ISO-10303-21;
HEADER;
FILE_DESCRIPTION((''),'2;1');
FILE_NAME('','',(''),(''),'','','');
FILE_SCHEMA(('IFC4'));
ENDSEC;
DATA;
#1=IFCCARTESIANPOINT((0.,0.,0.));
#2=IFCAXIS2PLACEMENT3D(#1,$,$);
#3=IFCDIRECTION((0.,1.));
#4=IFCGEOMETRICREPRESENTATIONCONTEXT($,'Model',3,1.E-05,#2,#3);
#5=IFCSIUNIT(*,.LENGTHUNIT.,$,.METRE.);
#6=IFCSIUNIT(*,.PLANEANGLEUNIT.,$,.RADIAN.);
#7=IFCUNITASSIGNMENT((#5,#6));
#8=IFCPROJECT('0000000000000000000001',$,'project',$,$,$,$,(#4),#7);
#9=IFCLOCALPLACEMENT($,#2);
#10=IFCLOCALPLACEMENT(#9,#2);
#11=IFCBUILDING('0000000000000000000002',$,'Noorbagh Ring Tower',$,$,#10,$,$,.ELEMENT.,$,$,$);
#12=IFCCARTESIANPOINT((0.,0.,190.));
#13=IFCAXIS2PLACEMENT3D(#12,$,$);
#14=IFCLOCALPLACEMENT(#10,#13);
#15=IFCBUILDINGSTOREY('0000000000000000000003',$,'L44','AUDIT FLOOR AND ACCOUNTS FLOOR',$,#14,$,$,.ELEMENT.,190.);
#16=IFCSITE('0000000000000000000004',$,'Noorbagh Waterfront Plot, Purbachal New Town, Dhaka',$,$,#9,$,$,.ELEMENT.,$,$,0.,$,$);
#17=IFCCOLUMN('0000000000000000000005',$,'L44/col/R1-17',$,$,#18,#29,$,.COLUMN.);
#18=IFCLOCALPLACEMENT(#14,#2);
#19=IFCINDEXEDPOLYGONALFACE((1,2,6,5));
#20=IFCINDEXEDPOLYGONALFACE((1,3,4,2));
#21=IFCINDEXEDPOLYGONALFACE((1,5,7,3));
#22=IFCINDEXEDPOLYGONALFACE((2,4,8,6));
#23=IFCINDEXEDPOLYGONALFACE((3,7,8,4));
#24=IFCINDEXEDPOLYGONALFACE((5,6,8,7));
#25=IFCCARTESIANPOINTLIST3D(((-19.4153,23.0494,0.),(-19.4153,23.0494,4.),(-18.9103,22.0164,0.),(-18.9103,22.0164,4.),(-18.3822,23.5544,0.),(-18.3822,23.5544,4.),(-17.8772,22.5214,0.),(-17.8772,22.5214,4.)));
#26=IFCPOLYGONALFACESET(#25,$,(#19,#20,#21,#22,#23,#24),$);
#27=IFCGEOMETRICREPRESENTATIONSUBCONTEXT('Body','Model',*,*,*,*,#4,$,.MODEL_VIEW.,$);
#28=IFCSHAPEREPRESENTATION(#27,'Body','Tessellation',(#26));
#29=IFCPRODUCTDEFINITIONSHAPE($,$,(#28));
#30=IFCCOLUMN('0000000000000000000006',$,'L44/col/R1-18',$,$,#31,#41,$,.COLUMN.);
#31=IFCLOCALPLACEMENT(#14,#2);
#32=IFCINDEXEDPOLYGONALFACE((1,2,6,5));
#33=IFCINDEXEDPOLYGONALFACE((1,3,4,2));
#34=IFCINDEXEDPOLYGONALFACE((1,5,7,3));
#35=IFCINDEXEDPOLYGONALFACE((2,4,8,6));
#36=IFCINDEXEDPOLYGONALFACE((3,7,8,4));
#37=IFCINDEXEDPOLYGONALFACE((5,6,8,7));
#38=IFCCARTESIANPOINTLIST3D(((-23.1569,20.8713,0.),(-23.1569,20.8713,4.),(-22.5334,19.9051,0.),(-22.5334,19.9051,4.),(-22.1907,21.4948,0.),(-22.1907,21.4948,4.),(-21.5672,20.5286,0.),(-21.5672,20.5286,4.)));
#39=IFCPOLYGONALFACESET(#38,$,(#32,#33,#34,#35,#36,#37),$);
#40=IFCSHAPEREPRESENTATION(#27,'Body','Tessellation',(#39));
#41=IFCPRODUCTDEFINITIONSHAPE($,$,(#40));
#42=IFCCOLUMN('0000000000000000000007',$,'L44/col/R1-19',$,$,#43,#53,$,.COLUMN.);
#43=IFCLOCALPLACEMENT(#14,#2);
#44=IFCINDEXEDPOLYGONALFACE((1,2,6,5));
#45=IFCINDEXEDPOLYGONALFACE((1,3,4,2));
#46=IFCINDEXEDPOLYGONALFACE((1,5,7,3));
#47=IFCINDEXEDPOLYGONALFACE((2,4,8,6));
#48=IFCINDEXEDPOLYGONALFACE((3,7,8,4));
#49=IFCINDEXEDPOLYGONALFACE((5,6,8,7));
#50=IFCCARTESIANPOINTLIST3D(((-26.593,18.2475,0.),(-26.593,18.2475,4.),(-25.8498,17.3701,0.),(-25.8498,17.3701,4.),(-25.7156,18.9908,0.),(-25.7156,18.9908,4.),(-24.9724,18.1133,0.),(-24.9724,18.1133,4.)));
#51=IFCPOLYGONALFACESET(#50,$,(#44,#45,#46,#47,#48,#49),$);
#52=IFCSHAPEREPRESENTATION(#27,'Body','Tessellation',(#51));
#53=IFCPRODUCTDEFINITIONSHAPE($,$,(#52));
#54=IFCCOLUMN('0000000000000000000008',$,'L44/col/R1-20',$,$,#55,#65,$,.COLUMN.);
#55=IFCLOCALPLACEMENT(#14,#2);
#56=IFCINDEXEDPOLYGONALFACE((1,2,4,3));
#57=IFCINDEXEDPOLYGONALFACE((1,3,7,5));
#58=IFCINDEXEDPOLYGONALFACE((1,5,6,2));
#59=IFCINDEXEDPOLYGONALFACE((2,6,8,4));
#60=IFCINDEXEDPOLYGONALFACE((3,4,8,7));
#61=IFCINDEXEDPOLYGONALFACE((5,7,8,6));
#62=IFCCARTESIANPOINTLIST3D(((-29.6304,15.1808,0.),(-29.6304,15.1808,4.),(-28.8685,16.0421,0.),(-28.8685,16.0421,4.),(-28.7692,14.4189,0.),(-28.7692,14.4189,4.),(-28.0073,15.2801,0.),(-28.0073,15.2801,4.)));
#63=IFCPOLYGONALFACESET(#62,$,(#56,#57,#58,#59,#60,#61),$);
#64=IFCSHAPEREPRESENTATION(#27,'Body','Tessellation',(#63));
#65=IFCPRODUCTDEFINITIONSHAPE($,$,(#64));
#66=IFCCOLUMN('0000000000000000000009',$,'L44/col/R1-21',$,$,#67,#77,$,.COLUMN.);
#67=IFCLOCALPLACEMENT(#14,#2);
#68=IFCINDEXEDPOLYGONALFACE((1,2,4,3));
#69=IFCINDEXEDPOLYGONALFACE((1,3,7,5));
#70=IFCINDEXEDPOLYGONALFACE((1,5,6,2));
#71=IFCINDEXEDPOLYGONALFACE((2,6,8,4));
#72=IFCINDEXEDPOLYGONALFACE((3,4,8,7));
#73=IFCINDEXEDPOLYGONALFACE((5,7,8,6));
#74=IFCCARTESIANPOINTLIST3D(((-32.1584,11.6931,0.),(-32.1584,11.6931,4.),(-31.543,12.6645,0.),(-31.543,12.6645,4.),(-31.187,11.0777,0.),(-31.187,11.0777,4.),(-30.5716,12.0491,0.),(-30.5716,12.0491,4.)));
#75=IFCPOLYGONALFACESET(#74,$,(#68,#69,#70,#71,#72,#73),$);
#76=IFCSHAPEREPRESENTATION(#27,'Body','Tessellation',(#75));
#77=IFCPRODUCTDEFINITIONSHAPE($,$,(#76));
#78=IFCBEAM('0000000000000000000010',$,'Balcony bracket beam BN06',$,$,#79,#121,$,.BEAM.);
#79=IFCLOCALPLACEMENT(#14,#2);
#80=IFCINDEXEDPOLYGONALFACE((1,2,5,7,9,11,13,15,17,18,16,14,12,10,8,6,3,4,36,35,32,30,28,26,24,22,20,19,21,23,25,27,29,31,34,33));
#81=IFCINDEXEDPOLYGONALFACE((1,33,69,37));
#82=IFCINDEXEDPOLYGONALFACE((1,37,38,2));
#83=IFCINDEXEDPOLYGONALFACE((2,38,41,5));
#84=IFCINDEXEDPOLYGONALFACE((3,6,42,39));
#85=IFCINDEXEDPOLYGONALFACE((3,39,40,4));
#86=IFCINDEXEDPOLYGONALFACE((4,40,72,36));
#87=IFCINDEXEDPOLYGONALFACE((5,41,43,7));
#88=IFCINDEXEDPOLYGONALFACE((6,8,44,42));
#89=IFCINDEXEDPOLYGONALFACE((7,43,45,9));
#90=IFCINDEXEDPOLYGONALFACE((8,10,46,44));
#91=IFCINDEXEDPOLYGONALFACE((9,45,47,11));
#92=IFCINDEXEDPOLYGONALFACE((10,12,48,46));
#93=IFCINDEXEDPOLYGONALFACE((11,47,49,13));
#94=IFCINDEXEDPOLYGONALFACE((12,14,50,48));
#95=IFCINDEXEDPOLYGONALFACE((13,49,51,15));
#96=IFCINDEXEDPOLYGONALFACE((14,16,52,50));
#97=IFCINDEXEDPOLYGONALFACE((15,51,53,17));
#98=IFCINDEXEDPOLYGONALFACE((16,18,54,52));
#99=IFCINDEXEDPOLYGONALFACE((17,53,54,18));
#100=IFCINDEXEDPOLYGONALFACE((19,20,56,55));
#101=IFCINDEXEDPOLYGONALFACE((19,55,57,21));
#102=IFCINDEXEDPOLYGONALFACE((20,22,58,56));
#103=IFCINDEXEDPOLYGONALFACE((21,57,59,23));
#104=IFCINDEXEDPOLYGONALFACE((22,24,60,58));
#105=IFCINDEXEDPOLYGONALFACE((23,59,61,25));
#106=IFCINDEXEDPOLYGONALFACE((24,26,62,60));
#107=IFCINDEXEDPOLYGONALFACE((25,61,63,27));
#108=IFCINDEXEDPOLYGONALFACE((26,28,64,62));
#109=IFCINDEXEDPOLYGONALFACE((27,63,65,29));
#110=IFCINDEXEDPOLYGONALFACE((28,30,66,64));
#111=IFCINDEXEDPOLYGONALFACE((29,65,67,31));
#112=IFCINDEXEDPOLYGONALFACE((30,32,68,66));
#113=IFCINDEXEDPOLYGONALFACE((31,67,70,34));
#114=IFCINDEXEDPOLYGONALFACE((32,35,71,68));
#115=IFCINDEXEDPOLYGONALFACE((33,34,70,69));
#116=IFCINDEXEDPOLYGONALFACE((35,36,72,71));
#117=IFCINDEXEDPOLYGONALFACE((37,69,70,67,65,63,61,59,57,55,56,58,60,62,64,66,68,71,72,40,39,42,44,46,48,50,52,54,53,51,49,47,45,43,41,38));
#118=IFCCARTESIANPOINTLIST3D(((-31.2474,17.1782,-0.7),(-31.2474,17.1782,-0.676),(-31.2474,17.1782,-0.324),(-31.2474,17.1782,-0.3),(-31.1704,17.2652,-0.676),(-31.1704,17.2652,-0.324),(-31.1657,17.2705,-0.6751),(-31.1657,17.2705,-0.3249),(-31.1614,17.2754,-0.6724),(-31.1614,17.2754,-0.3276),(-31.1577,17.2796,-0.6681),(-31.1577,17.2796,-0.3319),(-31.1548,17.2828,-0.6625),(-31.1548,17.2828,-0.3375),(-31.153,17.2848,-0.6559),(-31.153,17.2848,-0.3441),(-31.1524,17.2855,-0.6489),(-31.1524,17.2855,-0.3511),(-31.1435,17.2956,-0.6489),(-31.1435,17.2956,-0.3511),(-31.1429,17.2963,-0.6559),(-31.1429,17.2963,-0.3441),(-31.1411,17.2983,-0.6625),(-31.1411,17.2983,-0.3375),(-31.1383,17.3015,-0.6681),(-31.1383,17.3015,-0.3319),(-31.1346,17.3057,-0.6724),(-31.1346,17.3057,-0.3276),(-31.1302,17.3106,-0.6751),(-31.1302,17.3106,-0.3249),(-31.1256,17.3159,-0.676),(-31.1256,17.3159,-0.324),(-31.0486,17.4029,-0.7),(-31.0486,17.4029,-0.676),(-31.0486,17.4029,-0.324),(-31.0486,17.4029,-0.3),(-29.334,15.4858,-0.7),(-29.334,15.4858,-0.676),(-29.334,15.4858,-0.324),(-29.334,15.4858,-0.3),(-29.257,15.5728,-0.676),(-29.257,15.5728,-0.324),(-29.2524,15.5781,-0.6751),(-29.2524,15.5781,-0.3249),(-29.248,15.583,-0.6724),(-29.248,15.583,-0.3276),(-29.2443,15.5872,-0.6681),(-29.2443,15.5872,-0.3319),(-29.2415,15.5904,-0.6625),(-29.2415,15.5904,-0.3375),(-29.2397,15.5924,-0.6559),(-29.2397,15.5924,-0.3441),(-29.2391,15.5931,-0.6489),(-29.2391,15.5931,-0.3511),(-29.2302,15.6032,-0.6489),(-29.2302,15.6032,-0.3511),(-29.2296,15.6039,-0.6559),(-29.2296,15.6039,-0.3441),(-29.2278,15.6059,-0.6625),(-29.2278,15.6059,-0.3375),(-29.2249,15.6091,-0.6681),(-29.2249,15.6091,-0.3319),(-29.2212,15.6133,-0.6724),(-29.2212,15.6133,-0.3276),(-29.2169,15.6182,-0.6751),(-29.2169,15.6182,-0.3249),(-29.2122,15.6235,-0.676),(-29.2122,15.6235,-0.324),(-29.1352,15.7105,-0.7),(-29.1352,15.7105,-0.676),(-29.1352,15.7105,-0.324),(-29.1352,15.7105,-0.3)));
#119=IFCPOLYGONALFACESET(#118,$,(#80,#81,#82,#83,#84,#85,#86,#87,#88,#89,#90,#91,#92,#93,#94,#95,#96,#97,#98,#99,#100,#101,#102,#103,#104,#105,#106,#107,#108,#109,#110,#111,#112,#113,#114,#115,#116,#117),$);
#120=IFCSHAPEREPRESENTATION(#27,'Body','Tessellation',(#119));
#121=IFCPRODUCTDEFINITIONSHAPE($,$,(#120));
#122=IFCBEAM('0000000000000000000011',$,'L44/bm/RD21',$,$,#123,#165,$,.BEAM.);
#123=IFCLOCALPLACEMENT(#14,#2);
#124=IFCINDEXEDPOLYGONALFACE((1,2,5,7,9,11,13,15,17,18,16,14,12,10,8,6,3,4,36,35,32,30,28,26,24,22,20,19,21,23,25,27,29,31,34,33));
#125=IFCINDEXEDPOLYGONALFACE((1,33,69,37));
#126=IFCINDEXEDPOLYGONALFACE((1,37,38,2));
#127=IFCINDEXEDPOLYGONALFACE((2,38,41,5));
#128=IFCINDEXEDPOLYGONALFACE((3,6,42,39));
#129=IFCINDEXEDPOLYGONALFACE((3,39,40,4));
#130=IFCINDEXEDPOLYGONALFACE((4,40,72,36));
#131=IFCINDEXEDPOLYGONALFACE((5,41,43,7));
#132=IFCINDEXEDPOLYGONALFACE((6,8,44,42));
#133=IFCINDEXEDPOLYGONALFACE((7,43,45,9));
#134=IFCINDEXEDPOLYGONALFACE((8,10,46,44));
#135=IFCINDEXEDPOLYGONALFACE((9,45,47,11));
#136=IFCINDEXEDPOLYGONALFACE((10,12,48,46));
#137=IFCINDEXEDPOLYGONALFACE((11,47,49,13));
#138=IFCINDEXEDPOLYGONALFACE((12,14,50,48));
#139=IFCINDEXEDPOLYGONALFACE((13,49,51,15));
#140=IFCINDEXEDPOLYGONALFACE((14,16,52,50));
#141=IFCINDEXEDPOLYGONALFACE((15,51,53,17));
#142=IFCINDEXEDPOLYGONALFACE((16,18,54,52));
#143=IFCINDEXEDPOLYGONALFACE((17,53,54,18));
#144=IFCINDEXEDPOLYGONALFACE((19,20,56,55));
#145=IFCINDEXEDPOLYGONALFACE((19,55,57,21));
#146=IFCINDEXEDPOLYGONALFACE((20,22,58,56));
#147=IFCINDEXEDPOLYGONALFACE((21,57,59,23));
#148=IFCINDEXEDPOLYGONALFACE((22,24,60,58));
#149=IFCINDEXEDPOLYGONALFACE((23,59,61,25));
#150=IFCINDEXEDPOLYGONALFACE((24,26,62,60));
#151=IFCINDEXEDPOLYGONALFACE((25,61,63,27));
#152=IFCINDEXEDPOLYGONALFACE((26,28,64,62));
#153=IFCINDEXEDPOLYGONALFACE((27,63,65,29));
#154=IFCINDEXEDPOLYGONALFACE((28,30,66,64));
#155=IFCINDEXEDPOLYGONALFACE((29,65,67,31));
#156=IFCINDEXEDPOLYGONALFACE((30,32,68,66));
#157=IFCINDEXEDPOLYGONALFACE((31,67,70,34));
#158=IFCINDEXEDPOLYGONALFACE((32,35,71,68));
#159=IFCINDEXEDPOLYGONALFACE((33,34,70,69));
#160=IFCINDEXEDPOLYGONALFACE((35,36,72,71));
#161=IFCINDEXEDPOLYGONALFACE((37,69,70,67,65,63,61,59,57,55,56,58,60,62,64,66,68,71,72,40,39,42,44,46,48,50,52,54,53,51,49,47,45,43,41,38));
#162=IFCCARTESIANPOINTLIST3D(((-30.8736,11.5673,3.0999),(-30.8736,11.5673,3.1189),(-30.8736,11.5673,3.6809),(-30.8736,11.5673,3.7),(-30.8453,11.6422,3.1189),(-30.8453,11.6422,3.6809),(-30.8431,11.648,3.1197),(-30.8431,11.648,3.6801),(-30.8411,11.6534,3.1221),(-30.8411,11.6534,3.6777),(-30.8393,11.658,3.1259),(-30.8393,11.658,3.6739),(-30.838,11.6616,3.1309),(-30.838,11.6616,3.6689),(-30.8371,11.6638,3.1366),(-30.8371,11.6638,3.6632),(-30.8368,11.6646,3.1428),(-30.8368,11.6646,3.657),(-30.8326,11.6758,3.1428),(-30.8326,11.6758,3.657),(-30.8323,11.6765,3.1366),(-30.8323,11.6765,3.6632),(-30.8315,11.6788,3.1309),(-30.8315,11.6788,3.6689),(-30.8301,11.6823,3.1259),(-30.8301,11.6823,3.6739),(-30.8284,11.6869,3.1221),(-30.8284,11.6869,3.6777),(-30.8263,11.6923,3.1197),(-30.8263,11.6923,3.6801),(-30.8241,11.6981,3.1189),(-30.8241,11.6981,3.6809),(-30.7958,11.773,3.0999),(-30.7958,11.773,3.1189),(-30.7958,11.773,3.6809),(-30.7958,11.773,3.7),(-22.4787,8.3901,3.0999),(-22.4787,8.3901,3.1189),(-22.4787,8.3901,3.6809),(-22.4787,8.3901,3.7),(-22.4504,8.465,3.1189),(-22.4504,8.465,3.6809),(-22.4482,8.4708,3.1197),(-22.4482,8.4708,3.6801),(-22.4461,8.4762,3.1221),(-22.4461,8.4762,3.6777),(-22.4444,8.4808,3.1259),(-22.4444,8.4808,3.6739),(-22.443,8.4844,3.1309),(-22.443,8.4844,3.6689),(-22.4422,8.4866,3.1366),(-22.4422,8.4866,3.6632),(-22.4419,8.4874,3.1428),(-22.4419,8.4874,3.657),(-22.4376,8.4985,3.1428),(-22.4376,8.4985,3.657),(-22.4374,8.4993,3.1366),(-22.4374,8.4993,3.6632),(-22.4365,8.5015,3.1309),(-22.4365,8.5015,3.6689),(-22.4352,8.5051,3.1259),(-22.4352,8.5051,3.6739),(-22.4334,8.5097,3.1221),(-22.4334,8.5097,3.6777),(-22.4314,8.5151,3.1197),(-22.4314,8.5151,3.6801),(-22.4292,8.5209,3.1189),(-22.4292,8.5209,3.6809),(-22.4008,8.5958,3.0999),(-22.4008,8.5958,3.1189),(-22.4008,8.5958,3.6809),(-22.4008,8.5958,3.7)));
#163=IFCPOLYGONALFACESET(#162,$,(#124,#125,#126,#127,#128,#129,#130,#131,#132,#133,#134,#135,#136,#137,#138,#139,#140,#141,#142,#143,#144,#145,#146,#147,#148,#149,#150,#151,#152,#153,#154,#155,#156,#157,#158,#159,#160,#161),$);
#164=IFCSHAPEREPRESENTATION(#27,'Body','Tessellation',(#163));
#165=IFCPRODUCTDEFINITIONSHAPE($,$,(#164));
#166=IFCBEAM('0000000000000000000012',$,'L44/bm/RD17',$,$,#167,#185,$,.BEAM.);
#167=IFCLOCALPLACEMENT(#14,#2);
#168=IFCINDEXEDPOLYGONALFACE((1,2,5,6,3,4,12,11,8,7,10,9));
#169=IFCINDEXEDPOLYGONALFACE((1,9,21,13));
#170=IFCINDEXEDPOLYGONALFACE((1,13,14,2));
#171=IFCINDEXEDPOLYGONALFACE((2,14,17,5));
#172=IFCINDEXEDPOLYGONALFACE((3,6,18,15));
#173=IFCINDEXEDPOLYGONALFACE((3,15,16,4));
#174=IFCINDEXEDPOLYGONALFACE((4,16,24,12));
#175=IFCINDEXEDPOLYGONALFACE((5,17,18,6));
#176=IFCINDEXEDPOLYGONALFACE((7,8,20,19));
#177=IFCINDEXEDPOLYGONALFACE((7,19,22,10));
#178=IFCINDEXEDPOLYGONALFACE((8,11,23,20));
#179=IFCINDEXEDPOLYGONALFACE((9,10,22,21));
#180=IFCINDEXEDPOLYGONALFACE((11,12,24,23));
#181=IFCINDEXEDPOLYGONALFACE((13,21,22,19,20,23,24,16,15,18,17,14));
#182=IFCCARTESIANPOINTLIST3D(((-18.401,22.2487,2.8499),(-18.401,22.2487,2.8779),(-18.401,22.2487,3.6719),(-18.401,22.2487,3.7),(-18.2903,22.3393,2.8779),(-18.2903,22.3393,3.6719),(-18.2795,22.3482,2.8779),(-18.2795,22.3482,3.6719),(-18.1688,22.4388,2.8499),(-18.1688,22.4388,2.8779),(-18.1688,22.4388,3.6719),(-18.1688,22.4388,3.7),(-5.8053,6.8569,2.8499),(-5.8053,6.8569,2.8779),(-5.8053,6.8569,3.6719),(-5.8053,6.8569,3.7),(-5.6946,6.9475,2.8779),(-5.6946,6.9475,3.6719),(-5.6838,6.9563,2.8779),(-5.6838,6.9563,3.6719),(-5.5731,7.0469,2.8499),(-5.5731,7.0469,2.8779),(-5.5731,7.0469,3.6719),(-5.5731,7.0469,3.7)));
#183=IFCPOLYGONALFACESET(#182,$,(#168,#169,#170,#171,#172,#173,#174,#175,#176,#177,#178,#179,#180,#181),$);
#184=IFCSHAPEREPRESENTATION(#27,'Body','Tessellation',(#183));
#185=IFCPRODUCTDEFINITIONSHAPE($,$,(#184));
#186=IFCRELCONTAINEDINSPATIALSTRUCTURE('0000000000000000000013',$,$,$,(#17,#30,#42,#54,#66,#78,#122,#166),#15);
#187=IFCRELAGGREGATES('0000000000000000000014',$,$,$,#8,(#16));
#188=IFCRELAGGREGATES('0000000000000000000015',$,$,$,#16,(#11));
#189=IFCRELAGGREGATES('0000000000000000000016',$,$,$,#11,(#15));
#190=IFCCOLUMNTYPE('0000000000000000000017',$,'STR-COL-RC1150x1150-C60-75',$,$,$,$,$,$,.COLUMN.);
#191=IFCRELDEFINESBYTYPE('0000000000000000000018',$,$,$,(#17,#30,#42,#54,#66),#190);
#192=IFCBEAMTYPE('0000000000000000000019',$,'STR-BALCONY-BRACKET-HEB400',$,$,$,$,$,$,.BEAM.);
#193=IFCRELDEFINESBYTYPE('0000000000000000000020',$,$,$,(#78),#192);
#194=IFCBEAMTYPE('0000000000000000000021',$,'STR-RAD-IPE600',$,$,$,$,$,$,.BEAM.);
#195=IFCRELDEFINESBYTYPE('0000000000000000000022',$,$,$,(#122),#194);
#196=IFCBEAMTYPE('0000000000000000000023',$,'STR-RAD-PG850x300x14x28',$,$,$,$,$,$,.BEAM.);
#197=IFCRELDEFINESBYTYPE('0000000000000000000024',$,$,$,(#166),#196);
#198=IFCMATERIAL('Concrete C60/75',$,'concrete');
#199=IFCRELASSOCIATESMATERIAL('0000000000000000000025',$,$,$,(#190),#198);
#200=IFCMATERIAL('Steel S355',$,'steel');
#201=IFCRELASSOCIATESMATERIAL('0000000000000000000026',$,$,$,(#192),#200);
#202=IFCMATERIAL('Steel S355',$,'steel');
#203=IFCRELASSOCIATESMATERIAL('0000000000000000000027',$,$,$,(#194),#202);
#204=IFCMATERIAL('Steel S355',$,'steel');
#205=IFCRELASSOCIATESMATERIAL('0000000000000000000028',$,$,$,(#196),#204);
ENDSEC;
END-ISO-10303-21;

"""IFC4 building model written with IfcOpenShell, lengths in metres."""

from ifc_helpers import new_model, si_unit, direction, frame, origin, origin_2d, place, context, subcontext, project, spatial, rectangle, i_section, extrude, material, material_profile, profile_set, type_object, element, save


model = new_model("IFC4")

# Units and contexts
model_context = context("Model", 3, precision=1e-05, world=origin(), true_north=direction((0.0, 1.0)))
body_context = subcontext(model_context, "Body", "Model", "MODEL_VIEW")
ifc_project = project(units=[si_unit("LENGTHUNIT", "METRE"), si_unit("PLANEANGLEUNIT", "RADIAN")], contexts=[model_context])

# Site, building, storey
site_placement = place(None, origin())
site = spatial("IfcSite", under=ifc_project, at=site_placement, Name="Noorbagh Waterfront Plot, Purbachal New Town, Dhaka", CompositionType="ELEMENT", RefElevation=0.0)
building_placement = place(site_placement, origin())
building = spatial("IfcBuilding", under=site, at=building_placement, Name="Noorbagh Ring Tower", CompositionType="ELEMENT")
storey_placement = place(building_placement, frame((0.0, 0.0, 190.0)))
storey = spatial("IfcBuildingStorey", under=building, at=storey_placement, Name="L44", Description="AUDIT FLOOR AND ACCOUNTS FLOOR", CompositionType="ELEMENT", Elevation=190.0)

# Columns
ifc_material_1 = material(Name="Concrete C60/75", Category="concrete")
ifc_material_profile_1 = material_profile(ifc_material_1, rectangle(XDim=1.1499, YDim=1.1499, at=origin_2d()), Name="RC1150x1150")
ifc_profile_set_1 = profile_set([ifc_material_profile_1], Name="Concrete C60/75")
column_type = type_object("IfcColumnType", Name="STR-COL-RC1150x1150-C60-75", PredefinedType="COLUMN", material=ifc_profile_set_1)
for number, where, z_axis, x_axis, name in (
    (1, (-18.6462, 22.7854, 0.0), (0.0, 0.0, 1.0), (-0.898399, -0.43918, 0.0), "L44/col/R1-17"),
    (2, (-22.3621, 20.7, 0.0), (0.0, 0.0, 1.0), (-0.840248, -0.542203, 0.0), "L44/col/R1-18"),
    (3, (-25.7827, 18.1804, 0.0), (0.0, 0.0, 1.0), (-0.763035, -0.646357, 0.0), "L44/col/R1-19"),
    (4, (-28.8188, 15.2305, 0.0), (0.0, 0.0, 1.0), (-0.662636, -0.748942, 0.0), "L44/col/R1-20"),
    (5, (-31.365, 11.8711, 0.0), (0.0, 0.0, 1.0), (-0.53519, -0.844731, 0.0), "L44/col/R1-21"),
):
    element("IfcColumn", number, at=place(storey_placement, frame(where, z_axis=z_axis, x_axis=x_axis)), inside=storey, type_object=column_type, Name=name, PredefinedType="COLUMN", context=body_context, shape_type="SweptSolid", body=[
        extrude(rectangle(XDim=1.1499, YDim=1.1499, at=origin_2d()), origin(), (0.0, 0.0, 1.0), 4.0),
    ])

# Beams
ifc_material_2 = material(Name="Steel S355", Category="steel")
ifc_material_profile_2 = material_profile(ifc_material_2, i_section(OverallWidth=0.3, OverallDepth=0.3999, WebThickness=0.0134, FlangeThickness=0.0239, FilletRadius=0.0271, at=origin_2d()), Name="HEB400")
ifc_profile_set_2 = profile_set([ifc_material_profile_2], Name="Steel S355")
beam_type_1 = type_object("IfcBeamType", Name="STR-BALCONY-BRACKET-HEB400", PredefinedType="BEAM", material=ifc_profile_set_2)
beam_1_placement = place(storey_placement, frame((-29.2346, 15.5981, -0.5), z_axis=(-0.749031, 0.662535, 0.0), x_axis=(-0.662535, -0.749031, 0.0)))
element("IfcBeam", 6, at=beam_1_placement, inside=storey, type_object=beam_type_1, Name="Balcony bracket beam BN06", PredefinedType="BEAM", context=body_context, shape_type="SweptSolid", body=[
    extrude(i_section(OverallWidth=0.3, OverallDepth=0.3999, WebThickness=0.0134, FlangeThickness=0.0239, FilletRadius=0.0271, at=origin_2d()), origin(), (0.0, 0.0, 1.0), 2.5544),
])
ifc_material_3 = material(Name="Steel S355", Category="steel")
ifc_material_profile_3 = material_profile(ifc_material_3, i_section(OverallWidth=0.22, OverallDepth=0.6001, WebThickness=0.012, FlangeThickness=0.019, FilletRadius=0.0239, at=origin_2d()), Name="IPE600")
ifc_profile_set_3 = profile_set([ifc_material_profile_3], Name="Steel S355")
beam_type_2 = type_object("IfcBeamType", Name="STR-RAD-IPE600", PredefinedType="BEAM", material=ifc_profile_set_3)
beam_2_placement = place(storey_placement, frame((-30.8347, 11.6702, 3.3999), z_axis=(0.935259, -0.353965, 0.0), x_axis=(0.353965, 0.935259, 0.0)))
element("IfcBeam", 7, at=beam_2_placement, inside=storey, type_object=beam_type_2, Name="L44/bm/RD21", PredefinedType="BEAM", context=body_context, shape_type="SweptSolid", body=[
    extrude(i_section(OverallWidth=0.22, OverallDepth=0.6001, WebThickness=0.012, FlangeThickness=0.019, FilletRadius=0.0239, at=origin_2d()), origin(), (0.0, 0.0, 1.0), 8.9761),
])
ifc_material_4 = material(Name="Steel S355", Category="steel")
ifc_material_profile_4 = material_profile(ifc_material_4, i_section(OverallWidth=0.3, OverallDepth=0.8501, WebThickness=0.0139, FlangeThickness=0.0281, at=origin_2d()), Name="PG850x300x14x28")
ifc_profile_set_4 = profile_set([ifc_material_profile_4], Name="Steel S355")
beam_type_3 = type_object("IfcBeamType", Name="STR-RAD-PG850x300x14x28", PredefinedType="BEAM", material=ifc_profile_set_4)
beam_3_placement = place(storey_placement, frame((-18.2849, 22.3438, 3.2749), z_axis=(0.633309, -0.773899, 0.0), x_axis=(0.773899, 0.633309, 0.0)))
element("IfcBeam", 8, at=beam_3_placement, inside=storey, type_object=beam_type_3, Name="L44/bm/RD17", PredefinedType="BEAM", context=body_context, shape_type="SweptSolid", body=[
    extrude(i_section(OverallWidth=0.3, OverallDepth=0.8501, WebThickness=0.0139, FlangeThickness=0.0281, at=origin_2d()), origin(), (0.0, 0.0, 1.0), 19.8887),
])

save(model, "model.ifc")
